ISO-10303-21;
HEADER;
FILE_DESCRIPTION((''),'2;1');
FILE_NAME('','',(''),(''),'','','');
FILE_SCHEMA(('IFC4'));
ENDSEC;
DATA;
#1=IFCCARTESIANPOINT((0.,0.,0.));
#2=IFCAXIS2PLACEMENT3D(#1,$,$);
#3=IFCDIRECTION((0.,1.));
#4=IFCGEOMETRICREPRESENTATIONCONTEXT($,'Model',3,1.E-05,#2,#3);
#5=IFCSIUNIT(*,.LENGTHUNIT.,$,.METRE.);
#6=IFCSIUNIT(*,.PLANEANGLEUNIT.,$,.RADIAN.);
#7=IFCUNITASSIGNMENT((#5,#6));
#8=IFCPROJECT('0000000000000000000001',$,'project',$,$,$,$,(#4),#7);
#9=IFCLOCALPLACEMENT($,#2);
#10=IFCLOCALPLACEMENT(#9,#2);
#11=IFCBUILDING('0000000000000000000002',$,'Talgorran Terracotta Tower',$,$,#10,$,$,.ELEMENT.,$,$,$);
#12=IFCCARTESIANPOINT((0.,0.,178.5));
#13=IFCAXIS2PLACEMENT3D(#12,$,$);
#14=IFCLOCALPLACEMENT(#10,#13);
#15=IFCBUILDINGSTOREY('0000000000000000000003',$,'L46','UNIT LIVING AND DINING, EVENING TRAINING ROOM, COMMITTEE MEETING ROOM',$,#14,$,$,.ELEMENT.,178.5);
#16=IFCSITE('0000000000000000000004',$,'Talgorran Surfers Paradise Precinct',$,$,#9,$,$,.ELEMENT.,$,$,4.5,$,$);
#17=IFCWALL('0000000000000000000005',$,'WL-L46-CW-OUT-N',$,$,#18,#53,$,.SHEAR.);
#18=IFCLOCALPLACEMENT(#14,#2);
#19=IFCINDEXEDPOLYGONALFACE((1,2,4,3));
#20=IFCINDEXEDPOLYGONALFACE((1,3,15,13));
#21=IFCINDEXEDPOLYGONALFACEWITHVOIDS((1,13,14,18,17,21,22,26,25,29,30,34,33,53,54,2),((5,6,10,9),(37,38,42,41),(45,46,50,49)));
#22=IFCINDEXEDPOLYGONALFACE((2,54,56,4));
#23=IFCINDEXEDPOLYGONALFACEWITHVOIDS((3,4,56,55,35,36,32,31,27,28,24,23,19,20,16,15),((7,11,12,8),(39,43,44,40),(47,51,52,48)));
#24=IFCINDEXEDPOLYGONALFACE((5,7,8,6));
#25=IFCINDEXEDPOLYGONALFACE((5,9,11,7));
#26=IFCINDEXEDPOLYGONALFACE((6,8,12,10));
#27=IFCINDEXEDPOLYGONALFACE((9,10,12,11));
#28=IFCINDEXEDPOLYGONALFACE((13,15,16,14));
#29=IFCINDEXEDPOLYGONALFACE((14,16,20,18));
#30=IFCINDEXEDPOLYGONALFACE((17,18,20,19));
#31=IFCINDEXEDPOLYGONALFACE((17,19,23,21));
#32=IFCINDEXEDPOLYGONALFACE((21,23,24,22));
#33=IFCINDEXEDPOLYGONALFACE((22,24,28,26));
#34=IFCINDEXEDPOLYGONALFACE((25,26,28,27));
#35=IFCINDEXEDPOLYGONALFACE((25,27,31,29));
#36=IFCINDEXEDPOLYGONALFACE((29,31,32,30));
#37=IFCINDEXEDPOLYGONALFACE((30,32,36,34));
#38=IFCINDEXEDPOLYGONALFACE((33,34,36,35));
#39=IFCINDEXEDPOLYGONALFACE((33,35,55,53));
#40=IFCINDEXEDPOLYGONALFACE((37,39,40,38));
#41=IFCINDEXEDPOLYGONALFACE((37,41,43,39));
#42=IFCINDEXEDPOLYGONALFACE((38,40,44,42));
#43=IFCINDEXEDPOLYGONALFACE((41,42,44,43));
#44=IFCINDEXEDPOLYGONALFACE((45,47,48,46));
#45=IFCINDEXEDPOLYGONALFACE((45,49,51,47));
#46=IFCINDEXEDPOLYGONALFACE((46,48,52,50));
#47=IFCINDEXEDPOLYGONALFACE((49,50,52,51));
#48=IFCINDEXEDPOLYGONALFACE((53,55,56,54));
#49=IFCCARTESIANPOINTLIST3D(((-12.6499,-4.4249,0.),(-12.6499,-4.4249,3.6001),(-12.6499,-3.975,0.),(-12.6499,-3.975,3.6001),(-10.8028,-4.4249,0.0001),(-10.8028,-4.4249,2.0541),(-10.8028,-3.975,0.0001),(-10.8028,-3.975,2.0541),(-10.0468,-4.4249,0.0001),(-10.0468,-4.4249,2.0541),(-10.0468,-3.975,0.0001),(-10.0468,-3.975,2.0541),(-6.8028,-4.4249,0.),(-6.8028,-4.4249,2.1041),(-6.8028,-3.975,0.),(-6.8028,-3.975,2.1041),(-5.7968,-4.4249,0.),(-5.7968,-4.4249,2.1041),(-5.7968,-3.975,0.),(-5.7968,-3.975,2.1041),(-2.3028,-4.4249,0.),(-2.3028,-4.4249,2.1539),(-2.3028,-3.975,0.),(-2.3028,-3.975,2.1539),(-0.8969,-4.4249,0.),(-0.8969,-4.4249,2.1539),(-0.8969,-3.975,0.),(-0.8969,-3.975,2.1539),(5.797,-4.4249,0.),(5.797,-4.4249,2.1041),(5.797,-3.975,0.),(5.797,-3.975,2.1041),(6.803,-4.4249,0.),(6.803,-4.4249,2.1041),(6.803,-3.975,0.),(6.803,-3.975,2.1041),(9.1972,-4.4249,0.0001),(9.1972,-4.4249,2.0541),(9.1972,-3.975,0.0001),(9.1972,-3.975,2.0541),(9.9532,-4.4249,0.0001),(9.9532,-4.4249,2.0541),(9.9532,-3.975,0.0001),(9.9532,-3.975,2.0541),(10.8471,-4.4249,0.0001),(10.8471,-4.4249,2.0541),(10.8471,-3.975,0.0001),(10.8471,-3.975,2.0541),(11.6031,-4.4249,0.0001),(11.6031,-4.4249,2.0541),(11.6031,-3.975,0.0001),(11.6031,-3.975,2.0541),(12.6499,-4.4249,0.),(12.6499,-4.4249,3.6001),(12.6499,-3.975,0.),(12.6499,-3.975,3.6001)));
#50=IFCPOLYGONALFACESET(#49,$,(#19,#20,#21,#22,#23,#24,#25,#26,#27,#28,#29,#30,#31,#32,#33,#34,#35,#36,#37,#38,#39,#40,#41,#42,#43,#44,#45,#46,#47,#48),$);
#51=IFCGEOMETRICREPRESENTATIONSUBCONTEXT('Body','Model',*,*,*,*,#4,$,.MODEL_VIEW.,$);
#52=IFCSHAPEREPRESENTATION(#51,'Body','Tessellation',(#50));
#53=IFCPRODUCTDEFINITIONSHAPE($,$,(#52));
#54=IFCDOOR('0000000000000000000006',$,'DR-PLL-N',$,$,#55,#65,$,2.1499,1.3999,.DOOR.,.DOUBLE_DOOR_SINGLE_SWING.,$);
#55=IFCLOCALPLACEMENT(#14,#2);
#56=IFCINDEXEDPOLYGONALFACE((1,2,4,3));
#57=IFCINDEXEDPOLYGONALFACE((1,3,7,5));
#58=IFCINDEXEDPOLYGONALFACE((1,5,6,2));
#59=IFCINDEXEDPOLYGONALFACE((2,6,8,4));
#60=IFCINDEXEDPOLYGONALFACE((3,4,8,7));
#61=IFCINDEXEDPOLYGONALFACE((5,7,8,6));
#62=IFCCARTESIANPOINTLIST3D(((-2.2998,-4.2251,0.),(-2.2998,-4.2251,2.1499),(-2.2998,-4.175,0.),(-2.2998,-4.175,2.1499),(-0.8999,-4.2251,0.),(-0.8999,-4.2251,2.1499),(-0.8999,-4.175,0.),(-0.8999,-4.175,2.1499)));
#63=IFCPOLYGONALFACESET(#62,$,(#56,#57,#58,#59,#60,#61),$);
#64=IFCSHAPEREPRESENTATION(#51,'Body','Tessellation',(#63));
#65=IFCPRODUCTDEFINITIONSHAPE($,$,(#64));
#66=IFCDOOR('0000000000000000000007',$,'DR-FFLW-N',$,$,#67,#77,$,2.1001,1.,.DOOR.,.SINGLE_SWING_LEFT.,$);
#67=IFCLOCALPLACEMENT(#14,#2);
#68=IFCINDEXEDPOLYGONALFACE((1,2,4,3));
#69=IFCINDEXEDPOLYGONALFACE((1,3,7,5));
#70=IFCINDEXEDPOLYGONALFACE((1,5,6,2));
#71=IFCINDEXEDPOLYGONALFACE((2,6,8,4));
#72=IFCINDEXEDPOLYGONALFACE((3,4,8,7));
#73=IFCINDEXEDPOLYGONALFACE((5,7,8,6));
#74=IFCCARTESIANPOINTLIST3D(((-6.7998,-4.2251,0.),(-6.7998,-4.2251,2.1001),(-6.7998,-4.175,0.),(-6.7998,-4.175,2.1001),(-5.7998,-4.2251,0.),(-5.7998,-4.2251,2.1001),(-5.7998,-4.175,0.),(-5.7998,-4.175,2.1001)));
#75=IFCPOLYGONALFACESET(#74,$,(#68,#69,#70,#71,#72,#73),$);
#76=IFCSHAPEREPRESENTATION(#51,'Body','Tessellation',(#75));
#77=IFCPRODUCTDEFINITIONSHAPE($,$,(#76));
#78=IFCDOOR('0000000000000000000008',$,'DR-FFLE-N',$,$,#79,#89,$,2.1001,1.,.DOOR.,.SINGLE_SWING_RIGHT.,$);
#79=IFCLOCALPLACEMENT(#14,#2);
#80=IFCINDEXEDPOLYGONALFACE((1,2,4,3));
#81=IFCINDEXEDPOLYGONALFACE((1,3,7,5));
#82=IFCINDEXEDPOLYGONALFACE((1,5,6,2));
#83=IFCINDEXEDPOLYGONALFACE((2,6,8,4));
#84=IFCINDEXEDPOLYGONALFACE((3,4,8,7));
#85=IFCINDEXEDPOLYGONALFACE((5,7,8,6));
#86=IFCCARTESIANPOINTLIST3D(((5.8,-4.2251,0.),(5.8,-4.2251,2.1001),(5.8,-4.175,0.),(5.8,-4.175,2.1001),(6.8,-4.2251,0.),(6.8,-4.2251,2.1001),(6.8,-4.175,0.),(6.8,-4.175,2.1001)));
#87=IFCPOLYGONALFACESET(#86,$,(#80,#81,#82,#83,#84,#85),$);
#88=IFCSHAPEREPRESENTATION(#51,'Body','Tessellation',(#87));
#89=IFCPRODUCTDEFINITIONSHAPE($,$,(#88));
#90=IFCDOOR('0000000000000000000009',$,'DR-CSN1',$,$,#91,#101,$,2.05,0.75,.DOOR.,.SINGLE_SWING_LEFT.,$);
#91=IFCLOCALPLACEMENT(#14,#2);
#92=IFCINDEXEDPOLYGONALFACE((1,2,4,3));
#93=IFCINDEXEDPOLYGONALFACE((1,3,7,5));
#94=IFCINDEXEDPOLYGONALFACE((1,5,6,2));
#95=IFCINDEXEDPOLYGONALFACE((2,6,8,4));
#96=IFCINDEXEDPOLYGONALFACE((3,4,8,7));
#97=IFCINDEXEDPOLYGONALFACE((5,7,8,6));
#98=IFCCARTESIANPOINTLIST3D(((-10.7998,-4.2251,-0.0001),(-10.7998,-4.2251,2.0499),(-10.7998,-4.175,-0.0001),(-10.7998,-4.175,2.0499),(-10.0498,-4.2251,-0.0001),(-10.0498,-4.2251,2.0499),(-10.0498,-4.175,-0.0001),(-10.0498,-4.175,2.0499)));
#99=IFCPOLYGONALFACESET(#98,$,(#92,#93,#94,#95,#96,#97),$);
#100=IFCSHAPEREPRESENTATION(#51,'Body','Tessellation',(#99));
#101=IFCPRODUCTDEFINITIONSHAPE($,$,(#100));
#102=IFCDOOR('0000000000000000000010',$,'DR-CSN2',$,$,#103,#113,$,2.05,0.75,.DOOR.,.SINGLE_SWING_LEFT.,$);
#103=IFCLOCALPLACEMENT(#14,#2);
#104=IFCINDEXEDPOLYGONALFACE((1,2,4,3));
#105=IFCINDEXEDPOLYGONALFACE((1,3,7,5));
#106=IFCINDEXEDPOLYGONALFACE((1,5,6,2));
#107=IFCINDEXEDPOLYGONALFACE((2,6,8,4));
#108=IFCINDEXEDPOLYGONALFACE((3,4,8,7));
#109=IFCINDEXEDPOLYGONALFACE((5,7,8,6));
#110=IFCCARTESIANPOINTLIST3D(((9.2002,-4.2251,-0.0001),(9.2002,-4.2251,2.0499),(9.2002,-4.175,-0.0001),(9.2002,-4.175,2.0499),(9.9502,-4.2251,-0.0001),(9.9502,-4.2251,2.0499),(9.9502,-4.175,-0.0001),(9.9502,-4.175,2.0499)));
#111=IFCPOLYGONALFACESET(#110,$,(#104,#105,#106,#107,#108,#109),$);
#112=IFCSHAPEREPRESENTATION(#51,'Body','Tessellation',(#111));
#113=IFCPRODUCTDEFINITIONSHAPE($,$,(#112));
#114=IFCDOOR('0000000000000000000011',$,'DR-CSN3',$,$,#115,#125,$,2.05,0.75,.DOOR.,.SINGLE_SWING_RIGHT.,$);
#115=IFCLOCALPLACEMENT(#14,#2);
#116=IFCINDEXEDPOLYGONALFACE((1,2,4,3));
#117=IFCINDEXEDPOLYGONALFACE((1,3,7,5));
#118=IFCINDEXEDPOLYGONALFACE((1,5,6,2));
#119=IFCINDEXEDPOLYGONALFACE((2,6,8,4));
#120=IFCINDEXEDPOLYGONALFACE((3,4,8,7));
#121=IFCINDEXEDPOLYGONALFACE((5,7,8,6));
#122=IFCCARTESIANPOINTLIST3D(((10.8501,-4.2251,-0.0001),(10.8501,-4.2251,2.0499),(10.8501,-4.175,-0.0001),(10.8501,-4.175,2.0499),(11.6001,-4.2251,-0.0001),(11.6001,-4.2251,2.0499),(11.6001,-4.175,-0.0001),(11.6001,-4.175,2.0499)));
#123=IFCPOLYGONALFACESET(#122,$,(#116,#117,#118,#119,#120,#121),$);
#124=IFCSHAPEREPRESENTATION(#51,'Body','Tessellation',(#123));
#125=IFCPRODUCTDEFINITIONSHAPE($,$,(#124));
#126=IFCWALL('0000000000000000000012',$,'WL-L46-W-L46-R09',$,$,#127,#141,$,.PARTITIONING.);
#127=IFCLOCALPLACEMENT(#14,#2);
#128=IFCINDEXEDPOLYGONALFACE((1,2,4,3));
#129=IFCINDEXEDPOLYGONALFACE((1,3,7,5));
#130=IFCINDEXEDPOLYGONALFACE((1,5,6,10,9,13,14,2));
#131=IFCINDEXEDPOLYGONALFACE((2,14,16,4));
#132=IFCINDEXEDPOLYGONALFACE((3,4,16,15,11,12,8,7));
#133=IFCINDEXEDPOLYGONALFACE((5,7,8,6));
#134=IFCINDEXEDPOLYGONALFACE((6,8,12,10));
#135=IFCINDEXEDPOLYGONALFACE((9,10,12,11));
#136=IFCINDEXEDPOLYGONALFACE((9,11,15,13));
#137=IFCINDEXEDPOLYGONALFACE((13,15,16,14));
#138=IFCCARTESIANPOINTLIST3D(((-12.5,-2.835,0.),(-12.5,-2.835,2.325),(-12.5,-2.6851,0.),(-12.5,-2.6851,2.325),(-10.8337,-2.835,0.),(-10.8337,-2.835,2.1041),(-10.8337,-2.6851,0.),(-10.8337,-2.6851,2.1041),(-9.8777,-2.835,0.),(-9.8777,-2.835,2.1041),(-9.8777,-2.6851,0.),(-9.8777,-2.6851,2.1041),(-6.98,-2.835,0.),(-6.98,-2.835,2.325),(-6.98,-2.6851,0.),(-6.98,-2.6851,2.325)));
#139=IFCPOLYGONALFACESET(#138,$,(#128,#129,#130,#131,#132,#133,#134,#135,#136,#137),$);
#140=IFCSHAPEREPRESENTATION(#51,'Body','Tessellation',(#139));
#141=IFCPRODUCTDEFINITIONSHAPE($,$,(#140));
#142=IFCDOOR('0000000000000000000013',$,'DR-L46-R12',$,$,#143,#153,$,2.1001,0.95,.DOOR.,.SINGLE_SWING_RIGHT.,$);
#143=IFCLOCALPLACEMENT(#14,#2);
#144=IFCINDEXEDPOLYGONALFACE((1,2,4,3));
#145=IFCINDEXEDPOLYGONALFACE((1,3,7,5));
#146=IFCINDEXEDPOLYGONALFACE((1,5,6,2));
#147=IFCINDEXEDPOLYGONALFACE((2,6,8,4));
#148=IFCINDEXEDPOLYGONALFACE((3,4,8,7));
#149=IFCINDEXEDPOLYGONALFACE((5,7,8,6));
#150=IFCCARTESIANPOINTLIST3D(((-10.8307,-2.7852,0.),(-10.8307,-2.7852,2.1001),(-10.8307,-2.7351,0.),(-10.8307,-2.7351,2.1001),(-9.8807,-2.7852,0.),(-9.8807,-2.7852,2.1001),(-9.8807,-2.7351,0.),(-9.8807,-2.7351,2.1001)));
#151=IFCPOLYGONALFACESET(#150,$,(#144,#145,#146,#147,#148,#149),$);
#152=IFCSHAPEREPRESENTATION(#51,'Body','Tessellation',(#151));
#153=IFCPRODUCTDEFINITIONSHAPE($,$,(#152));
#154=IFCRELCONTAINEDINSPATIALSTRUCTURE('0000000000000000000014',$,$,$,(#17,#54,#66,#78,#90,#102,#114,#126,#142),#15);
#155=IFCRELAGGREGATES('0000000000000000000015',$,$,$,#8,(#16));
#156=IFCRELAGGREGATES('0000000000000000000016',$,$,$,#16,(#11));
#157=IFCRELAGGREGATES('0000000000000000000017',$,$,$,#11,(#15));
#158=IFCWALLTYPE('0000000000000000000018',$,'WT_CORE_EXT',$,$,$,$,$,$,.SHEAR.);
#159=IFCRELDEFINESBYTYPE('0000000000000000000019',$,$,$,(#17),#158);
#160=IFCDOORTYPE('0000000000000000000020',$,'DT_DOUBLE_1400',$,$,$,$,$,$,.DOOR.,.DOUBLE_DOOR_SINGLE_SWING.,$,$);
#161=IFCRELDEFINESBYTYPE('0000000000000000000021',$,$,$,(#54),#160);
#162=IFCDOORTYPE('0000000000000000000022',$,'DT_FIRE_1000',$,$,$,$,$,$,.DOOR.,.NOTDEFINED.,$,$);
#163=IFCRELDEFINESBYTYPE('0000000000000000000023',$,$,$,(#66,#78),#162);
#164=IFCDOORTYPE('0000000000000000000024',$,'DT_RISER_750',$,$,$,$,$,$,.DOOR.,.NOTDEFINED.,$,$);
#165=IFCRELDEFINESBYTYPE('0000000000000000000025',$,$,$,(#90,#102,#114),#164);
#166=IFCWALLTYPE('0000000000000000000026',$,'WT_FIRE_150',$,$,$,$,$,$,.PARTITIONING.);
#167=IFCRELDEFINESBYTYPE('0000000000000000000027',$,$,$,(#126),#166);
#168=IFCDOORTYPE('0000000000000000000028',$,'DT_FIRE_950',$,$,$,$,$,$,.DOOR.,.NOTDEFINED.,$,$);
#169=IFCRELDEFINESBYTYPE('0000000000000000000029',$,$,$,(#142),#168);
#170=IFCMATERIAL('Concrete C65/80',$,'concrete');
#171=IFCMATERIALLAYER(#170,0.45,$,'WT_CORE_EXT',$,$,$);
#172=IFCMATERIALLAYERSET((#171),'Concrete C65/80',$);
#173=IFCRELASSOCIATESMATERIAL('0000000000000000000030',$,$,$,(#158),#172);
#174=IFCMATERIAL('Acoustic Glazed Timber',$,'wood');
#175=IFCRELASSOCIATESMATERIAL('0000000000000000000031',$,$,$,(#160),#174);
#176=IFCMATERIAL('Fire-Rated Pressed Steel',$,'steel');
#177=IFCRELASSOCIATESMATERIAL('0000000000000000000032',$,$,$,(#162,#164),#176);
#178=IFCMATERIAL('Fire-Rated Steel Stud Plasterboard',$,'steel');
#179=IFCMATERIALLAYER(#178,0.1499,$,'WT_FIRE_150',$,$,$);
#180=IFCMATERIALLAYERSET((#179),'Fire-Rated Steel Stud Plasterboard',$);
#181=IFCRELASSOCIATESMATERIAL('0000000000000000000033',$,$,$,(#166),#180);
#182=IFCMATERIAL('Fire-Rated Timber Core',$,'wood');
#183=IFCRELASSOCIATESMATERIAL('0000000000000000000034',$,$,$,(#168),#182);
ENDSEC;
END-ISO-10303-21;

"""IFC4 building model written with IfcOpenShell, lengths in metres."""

from ifc_helpers import new_model, si_unit, direction, frame, frame_2d, origin, place, context, subcontext, project, spatial, rectangle, extrude, material, layer, layer_set, type_object, element, fill, save


model = new_model("IFC4")

# Units and contexts
model_context = context("Model", 3, precision=1e-05, world=origin(), true_north=direction((0.0, 1.0)))
body_context = subcontext(model_context, "Body", "Model", "MODEL_VIEW")
ifc_project = project(units=[si_unit("LENGTHUNIT", "METRE"), si_unit("PLANEANGLEUNIT", "RADIAN")], contexts=[model_context])

# Site, building, storey
site_placement = place(None, origin())
site = spatial("IfcSite", under=ifc_project, at=site_placement, Name="Talgorran Surfers Paradise Precinct", CompositionType="ELEMENT", RefElevation=4.5)
building_placement = place(site_placement, origin())
building = spatial("IfcBuilding", under=site, at=building_placement, Name="Talgorran Terracotta Tower", CompositionType="ELEMENT")
storey_placement = place(building_placement, frame((0.0, 0.0, 178.5)))
storey = spatial("IfcBuildingStorey", under=building, at=storey_placement, Name="L46", Description="UNIT LIVING AND DINING, EVENING TRAINING ROOM, COMMITTEE MEETING ROOM", CompositionType="ELEMENT", Elevation=178.5)

# Wall, openings, doors
ifc_material_1 = material(Name="Concrete C65/80", Category="concrete")
ifc_layer_1 = layer(ifc_material_1, 0.45, Name="WT_CORE_EXT")
ifc_layer_set_1 = layer_set([ifc_layer_1], Name="Concrete C65/80")
wall_type_1 = type_object("IfcWallType", Name="WT_CORE_EXT", PredefinedType="SHEAR", material=ifc_layer_set_1)
wall_1_placement = place(storey_placement, frame((-12.6499, -4.2, 0.0), z_axis=(0.0, 0.0, 1.0), x_axis=(1.0, 0.0, 0.0)))
wall_1 = element("IfcWall", 1, at=wall_1_placement, inside=storey, type_object=wall_type_1, Name="WL-L46-CW-OUT-N", PredefinedType="SHEAR", context=body_context, shape_type="SweptSolid", body=[
    extrude(rectangle(XDim=25.2998, YDim=0.45, at=frame_2d((12.6499, 0.0))), origin(), (0.0, 0.0, 1.0), 3.6001),
])
opening_1_placement = place(wall_1_placement, frame((1.8501, 0.0, 0.0)))
opening_1 = element("IfcOpeningElement", 2, at=opening_1_placement, cuts=wall_1, PredefinedType="OPENING", context=body_context, shape_type="SweptSolid", body=[
    extrude(rectangle(XDim=0.756, YDim=2.054, at=frame_2d((0.375, 1.0271))), frame((0.0, 0.2349, 0.0), z_axis=(0.0, -1.0, 0.0), x_axis=(1.0, 0.0, 0.0)), (0.0, 0.0, 1.0), 0.47),
])
opening_2_placement = place(wall_1_placement, frame((21.8501, 0.0, 0.0)))
opening_2 = element("IfcOpeningElement", 3, at=opening_2_placement, cuts=wall_1, PredefinedType="OPENING", context=body_context, shape_type="SweptSolid", body=[
    extrude(rectangle(XDim=0.756, YDim=2.054, at=frame_2d((0.375, 1.0271))), frame((0.0, 0.2349, 0.0), z_axis=(0.0, -1.0, 0.0), x_axis=(1.0, 0.0, 0.0)), (0.0, 0.0, 1.0), 0.47),
])
opening_3_placement = place(wall_1_placement, frame((23.5, 0.0, 0.0)))
opening_3 = element("IfcOpeningElement", 4, at=opening_3_placement, cuts=wall_1, PredefinedType="OPENING", context=body_context, shape_type="SweptSolid", body=[
    extrude(rectangle(XDim=0.756, YDim=2.054, at=frame_2d((0.375, 1.0271))), frame((0.0, 0.2349, 0.0), z_axis=(0.0, -1.0, 0.0), x_axis=(1.0, 0.0, 0.0)), (0.0, 0.0, 1.0), 0.47),
])
opening_4_placement = place(wall_1_placement, frame((5.8501, 0.0, 0.0)))
opening_4 = element("IfcOpeningElement", 5, at=opening_4_placement, cuts=wall_1, PredefinedType="OPENING", context=body_context, shape_type="SweptSolid", body=[
    extrude(rectangle(XDim=1.006, YDim=2.1041, at=frame_2d((0.5, 1.052))), frame((0.0, 0.2349, 0.0), z_axis=(0.0, -1.0, 0.0), x_axis=(1.0, 0.0, 0.0)), (0.0, 0.0, 1.0), 0.47),
])
opening_5_placement = place(wall_1_placement, frame((10.3501, 0.0, 0.0)))
opening_5 = element("IfcOpeningElement", 6, at=opening_5_placement, cuts=wall_1, PredefinedType="OPENING", context=body_context, shape_type="SweptSolid", body=[
    extrude(rectangle(XDim=1.4059, YDim=2.1539, at=frame_2d((0.7, 1.0769))), frame((0.0, 0.2349, 0.0), z_axis=(0.0, -1.0, 0.0), x_axis=(1.0, 0.0, 0.0)), (0.0, 0.0, 1.0), 0.47),
])
opening_6_placement = place(wall_1_placement, frame((18.45, 0.0, 0.0)))
opening_6 = element("IfcOpeningElement", 7, at=opening_6_placement, cuts=wall_1, PredefinedType="OPENING", context=body_context, shape_type="SweptSolid", body=[
    extrude(rectangle(XDim=1.006, YDim=2.1041, at=frame_2d((0.5, 1.052))), frame((0.0, 0.2349, 0.0), z_axis=(0.0, -1.0, 0.0), x_axis=(1.0, 0.0, 0.0)), (0.0, 0.0, 1.0), 0.47),
])
ifc_material_2 = material(Name="Acoustic Glazed Timber", Category="wood")
door_type_1 = type_object("IfcDoorType", Name="DT_DOUBLE_1400", OperationType="DOUBLE_DOOR_SINGLE_SWING", PredefinedType="DOOR", material=ifc_material_2)
door_1_placement = place(opening_5_placement, origin())
door_1 = element("IfcDoor", 8, at=door_1_placement, inside=storey, type_object=door_type_1, Name="DR-PLL-N", OperationType="DOUBLE_DOOR_SINGLE_SWING", OverallHeight=2.1499, OverallWidth=1.3999, PredefinedType="DOOR", context=body_context, shape_type="SweptSolid", body=[
    extrude(rectangle(XDim=1.3999, YDim=2.1499, at=frame_2d((0.7, 1.075))), frame((0.0, 0.0249, 0.0), z_axis=(0.0, -1.0, 0.0), x_axis=(1.0, 0.0, 0.0)), (0.0, 0.0, 1.0), 0.05),
])
fill(opening_5, door_1)
ifc_material_3 = material(Name="Fire-Rated Pressed Steel", Category="steel")
door_type_2 = type_object("IfcDoorType", Name="DT_FIRE_1000", OperationType="NOTDEFINED", PredefinedType="DOOR", material=ifc_material_3)
door_2_placement = place(opening_4_placement, origin())
door_2 = element("IfcDoor", 9, at=door_2_placement, inside=storey, type_object=door_type_2, Name="DR-FFLW-N", OperationType="SINGLE_SWING_LEFT", OverallHeight=2.1001, OverallWidth=1.0, PredefinedType="DOOR", context=body_context, shape_type="SweptSolid", body=[
    extrude(rectangle(XDim=1.0, YDim=2.1001, at=frame_2d((0.5, 1.05))), frame((0.0, 0.0249, 0.0), z_axis=(0.0, -1.0, 0.0), x_axis=(1.0, 0.0, 0.0)), (0.0, 0.0, 1.0), 0.05),
])
fill(opening_4, door_2)
door_3_placement = place(opening_6_placement, origin())
door_3 = element("IfcDoor", 10, at=door_3_placement, inside=storey, type_object=door_type_2, Name="DR-FFLE-N", OperationType="SINGLE_SWING_RIGHT", OverallHeight=2.1001, OverallWidth=1.0, PredefinedType="DOOR", context=body_context, shape_type="SweptSolid", body=[
    extrude(rectangle(XDim=1.0, YDim=2.1001, at=frame_2d((0.5, 1.05))), frame((0.0, 0.0249, 0.0), z_axis=(0.0, -1.0, 0.0), x_axis=(1.0, 0.0, 0.0)), (0.0, 0.0, 1.0), 0.05),
])
fill(opening_6, door_3)
door_type_3 = type_object("IfcDoorType", Name="DT_RISER_750", OperationType="NOTDEFINED", PredefinedType="DOOR", material=ifc_material_3)
door_4_placement = place(opening_1_placement, origin())
door_4 = element("IfcDoor", 11, at=door_4_placement, inside=storey, type_object=door_type_3, Name="DR-CSN1", OperationType="SINGLE_SWING_LEFT", OverallHeight=2.05, OverallWidth=0.75, PredefinedType="DOOR", context=body_context, shape_type="SweptSolid", body=[
    extrude(rectangle(XDim=0.75, YDim=2.05, at=frame_2d((0.375, 1.0249))), frame((0.0, 0.0249, 0.0), z_axis=(0.0, -1.0, 0.0), x_axis=(1.0, 0.0, 0.0)), (0.0, 0.0, 1.0), 0.05),
])
fill(opening_1, door_4)
door_5_placement = place(opening_2_placement, origin())
door_5 = element("IfcDoor", 12, at=door_5_placement, inside=storey, type_object=door_type_3, Name="DR-CSN2", OperationType="SINGLE_SWING_LEFT", OverallHeight=2.05, OverallWidth=0.75, PredefinedType="DOOR", context=body_context, shape_type="SweptSolid", body=[
    extrude(rectangle(XDim=0.75, YDim=2.05, at=frame_2d((0.375, 1.0249))), frame((0.0, 0.0249, 0.0), z_axis=(0.0, -1.0, 0.0), x_axis=(1.0, 0.0, 0.0)), (0.0, 0.0, 1.0), 0.05),
])
fill(opening_2, door_5)
door_6_placement = place(opening_3_placement, origin())
door_6 = element("IfcDoor", 13, at=door_6_placement, inside=storey, type_object=door_type_3, Name="DR-CSN3", OperationType="SINGLE_SWING_RIGHT", OverallHeight=2.05, OverallWidth=0.75, PredefinedType="DOOR", context=body_context, shape_type="SweptSolid", body=[
    extrude(rectangle(XDim=0.75, YDim=2.05, at=frame_2d((0.375, 1.0249))), frame((0.0, 0.0249, 0.0), z_axis=(0.0, -1.0, 0.0), x_axis=(1.0, 0.0, 0.0)), (0.0, 0.0, 1.0), 0.05),
])
fill(opening_3, door_6)

# Wall, opening, door
ifc_material_4 = material(Name="Fire-Rated Steel Stud Plasterboard", Category="steel")
ifc_layer_2 = layer(ifc_material_4, 0.1499, Name="WT_FIRE_150")
ifc_layer_set_2 = layer_set([ifc_layer_2], Name="Fire-Rated Steel Stud Plasterboard")
wall_type_2 = type_object("IfcWallType", Name="WT_FIRE_150", PredefinedType="PARTITIONING", material=ifc_layer_set_2)
wall_2_placement = place(storey_placement, frame((-12.5, -2.76, 0.0), z_axis=(0.0, 0.0, 1.0), x_axis=(1.0, 0.0, 0.0)))
wall_2 = element("IfcWall", 14, at=wall_2_placement, inside=storey, type_object=wall_type_2, Name="WL-L46-W-L46-R09", PredefinedType="PARTITIONING", context=body_context, shape_type="SweptSolid", body=[
    extrude(rectangle(XDim=5.52, YDim=0.1499, at=frame_2d((2.76, 0.0))), origin(), (0.0, 0.0, 1.0), 2.325),
])
opening_7_placement = place(wall_2_placement, frame((1.6692, 0.0, 0.0)))
opening_7 = element("IfcOpeningElement", 15, at=opening_7_placement, cuts=wall_2, PredefinedType="OPENING", context=body_context, shape_type="SweptSolid", body=[
    extrude(rectangle(XDim=0.956, YDim=2.1041, at=frame_2d((0.4751, 1.052))), frame((0.0, 0.085, 0.0), z_axis=(0.0, -1.0, 0.0), x_axis=(1.0, 0.0, 0.0)), (0.0, 0.0, 1.0), 0.1699),
])
ifc_material_5 = material(Name="Fire-Rated Timber Core", Category="wood")
door_type_4 = type_object("IfcDoorType", Name="DT_FIRE_950", OperationType="NOTDEFINED", PredefinedType="DOOR", material=ifc_material_5)
door_7_placement = place(opening_7_placement, origin())
door_7 = element("IfcDoor", 16, at=door_7_placement, inside=storey, type_object=door_type_4, Name="DR-L46-R12", OperationType="SINGLE_SWING_RIGHT", OverallHeight=2.1001, OverallWidth=0.95, PredefinedType="DOOR", context=body_context, shape_type="SweptSolid", body=[
    extrude(rectangle(XDim=0.95, YDim=2.1001, at=frame_2d((0.4751, 1.05))), frame((0.0, 0.0249, 0.0), z_axis=(0.0, -1.0, 0.0), x_axis=(1.0, 0.0, 0.0)), (0.0, 0.0, 1.0), 0.05),
])
fill(opening_7, door_7)

save(model, "model.ifc")
